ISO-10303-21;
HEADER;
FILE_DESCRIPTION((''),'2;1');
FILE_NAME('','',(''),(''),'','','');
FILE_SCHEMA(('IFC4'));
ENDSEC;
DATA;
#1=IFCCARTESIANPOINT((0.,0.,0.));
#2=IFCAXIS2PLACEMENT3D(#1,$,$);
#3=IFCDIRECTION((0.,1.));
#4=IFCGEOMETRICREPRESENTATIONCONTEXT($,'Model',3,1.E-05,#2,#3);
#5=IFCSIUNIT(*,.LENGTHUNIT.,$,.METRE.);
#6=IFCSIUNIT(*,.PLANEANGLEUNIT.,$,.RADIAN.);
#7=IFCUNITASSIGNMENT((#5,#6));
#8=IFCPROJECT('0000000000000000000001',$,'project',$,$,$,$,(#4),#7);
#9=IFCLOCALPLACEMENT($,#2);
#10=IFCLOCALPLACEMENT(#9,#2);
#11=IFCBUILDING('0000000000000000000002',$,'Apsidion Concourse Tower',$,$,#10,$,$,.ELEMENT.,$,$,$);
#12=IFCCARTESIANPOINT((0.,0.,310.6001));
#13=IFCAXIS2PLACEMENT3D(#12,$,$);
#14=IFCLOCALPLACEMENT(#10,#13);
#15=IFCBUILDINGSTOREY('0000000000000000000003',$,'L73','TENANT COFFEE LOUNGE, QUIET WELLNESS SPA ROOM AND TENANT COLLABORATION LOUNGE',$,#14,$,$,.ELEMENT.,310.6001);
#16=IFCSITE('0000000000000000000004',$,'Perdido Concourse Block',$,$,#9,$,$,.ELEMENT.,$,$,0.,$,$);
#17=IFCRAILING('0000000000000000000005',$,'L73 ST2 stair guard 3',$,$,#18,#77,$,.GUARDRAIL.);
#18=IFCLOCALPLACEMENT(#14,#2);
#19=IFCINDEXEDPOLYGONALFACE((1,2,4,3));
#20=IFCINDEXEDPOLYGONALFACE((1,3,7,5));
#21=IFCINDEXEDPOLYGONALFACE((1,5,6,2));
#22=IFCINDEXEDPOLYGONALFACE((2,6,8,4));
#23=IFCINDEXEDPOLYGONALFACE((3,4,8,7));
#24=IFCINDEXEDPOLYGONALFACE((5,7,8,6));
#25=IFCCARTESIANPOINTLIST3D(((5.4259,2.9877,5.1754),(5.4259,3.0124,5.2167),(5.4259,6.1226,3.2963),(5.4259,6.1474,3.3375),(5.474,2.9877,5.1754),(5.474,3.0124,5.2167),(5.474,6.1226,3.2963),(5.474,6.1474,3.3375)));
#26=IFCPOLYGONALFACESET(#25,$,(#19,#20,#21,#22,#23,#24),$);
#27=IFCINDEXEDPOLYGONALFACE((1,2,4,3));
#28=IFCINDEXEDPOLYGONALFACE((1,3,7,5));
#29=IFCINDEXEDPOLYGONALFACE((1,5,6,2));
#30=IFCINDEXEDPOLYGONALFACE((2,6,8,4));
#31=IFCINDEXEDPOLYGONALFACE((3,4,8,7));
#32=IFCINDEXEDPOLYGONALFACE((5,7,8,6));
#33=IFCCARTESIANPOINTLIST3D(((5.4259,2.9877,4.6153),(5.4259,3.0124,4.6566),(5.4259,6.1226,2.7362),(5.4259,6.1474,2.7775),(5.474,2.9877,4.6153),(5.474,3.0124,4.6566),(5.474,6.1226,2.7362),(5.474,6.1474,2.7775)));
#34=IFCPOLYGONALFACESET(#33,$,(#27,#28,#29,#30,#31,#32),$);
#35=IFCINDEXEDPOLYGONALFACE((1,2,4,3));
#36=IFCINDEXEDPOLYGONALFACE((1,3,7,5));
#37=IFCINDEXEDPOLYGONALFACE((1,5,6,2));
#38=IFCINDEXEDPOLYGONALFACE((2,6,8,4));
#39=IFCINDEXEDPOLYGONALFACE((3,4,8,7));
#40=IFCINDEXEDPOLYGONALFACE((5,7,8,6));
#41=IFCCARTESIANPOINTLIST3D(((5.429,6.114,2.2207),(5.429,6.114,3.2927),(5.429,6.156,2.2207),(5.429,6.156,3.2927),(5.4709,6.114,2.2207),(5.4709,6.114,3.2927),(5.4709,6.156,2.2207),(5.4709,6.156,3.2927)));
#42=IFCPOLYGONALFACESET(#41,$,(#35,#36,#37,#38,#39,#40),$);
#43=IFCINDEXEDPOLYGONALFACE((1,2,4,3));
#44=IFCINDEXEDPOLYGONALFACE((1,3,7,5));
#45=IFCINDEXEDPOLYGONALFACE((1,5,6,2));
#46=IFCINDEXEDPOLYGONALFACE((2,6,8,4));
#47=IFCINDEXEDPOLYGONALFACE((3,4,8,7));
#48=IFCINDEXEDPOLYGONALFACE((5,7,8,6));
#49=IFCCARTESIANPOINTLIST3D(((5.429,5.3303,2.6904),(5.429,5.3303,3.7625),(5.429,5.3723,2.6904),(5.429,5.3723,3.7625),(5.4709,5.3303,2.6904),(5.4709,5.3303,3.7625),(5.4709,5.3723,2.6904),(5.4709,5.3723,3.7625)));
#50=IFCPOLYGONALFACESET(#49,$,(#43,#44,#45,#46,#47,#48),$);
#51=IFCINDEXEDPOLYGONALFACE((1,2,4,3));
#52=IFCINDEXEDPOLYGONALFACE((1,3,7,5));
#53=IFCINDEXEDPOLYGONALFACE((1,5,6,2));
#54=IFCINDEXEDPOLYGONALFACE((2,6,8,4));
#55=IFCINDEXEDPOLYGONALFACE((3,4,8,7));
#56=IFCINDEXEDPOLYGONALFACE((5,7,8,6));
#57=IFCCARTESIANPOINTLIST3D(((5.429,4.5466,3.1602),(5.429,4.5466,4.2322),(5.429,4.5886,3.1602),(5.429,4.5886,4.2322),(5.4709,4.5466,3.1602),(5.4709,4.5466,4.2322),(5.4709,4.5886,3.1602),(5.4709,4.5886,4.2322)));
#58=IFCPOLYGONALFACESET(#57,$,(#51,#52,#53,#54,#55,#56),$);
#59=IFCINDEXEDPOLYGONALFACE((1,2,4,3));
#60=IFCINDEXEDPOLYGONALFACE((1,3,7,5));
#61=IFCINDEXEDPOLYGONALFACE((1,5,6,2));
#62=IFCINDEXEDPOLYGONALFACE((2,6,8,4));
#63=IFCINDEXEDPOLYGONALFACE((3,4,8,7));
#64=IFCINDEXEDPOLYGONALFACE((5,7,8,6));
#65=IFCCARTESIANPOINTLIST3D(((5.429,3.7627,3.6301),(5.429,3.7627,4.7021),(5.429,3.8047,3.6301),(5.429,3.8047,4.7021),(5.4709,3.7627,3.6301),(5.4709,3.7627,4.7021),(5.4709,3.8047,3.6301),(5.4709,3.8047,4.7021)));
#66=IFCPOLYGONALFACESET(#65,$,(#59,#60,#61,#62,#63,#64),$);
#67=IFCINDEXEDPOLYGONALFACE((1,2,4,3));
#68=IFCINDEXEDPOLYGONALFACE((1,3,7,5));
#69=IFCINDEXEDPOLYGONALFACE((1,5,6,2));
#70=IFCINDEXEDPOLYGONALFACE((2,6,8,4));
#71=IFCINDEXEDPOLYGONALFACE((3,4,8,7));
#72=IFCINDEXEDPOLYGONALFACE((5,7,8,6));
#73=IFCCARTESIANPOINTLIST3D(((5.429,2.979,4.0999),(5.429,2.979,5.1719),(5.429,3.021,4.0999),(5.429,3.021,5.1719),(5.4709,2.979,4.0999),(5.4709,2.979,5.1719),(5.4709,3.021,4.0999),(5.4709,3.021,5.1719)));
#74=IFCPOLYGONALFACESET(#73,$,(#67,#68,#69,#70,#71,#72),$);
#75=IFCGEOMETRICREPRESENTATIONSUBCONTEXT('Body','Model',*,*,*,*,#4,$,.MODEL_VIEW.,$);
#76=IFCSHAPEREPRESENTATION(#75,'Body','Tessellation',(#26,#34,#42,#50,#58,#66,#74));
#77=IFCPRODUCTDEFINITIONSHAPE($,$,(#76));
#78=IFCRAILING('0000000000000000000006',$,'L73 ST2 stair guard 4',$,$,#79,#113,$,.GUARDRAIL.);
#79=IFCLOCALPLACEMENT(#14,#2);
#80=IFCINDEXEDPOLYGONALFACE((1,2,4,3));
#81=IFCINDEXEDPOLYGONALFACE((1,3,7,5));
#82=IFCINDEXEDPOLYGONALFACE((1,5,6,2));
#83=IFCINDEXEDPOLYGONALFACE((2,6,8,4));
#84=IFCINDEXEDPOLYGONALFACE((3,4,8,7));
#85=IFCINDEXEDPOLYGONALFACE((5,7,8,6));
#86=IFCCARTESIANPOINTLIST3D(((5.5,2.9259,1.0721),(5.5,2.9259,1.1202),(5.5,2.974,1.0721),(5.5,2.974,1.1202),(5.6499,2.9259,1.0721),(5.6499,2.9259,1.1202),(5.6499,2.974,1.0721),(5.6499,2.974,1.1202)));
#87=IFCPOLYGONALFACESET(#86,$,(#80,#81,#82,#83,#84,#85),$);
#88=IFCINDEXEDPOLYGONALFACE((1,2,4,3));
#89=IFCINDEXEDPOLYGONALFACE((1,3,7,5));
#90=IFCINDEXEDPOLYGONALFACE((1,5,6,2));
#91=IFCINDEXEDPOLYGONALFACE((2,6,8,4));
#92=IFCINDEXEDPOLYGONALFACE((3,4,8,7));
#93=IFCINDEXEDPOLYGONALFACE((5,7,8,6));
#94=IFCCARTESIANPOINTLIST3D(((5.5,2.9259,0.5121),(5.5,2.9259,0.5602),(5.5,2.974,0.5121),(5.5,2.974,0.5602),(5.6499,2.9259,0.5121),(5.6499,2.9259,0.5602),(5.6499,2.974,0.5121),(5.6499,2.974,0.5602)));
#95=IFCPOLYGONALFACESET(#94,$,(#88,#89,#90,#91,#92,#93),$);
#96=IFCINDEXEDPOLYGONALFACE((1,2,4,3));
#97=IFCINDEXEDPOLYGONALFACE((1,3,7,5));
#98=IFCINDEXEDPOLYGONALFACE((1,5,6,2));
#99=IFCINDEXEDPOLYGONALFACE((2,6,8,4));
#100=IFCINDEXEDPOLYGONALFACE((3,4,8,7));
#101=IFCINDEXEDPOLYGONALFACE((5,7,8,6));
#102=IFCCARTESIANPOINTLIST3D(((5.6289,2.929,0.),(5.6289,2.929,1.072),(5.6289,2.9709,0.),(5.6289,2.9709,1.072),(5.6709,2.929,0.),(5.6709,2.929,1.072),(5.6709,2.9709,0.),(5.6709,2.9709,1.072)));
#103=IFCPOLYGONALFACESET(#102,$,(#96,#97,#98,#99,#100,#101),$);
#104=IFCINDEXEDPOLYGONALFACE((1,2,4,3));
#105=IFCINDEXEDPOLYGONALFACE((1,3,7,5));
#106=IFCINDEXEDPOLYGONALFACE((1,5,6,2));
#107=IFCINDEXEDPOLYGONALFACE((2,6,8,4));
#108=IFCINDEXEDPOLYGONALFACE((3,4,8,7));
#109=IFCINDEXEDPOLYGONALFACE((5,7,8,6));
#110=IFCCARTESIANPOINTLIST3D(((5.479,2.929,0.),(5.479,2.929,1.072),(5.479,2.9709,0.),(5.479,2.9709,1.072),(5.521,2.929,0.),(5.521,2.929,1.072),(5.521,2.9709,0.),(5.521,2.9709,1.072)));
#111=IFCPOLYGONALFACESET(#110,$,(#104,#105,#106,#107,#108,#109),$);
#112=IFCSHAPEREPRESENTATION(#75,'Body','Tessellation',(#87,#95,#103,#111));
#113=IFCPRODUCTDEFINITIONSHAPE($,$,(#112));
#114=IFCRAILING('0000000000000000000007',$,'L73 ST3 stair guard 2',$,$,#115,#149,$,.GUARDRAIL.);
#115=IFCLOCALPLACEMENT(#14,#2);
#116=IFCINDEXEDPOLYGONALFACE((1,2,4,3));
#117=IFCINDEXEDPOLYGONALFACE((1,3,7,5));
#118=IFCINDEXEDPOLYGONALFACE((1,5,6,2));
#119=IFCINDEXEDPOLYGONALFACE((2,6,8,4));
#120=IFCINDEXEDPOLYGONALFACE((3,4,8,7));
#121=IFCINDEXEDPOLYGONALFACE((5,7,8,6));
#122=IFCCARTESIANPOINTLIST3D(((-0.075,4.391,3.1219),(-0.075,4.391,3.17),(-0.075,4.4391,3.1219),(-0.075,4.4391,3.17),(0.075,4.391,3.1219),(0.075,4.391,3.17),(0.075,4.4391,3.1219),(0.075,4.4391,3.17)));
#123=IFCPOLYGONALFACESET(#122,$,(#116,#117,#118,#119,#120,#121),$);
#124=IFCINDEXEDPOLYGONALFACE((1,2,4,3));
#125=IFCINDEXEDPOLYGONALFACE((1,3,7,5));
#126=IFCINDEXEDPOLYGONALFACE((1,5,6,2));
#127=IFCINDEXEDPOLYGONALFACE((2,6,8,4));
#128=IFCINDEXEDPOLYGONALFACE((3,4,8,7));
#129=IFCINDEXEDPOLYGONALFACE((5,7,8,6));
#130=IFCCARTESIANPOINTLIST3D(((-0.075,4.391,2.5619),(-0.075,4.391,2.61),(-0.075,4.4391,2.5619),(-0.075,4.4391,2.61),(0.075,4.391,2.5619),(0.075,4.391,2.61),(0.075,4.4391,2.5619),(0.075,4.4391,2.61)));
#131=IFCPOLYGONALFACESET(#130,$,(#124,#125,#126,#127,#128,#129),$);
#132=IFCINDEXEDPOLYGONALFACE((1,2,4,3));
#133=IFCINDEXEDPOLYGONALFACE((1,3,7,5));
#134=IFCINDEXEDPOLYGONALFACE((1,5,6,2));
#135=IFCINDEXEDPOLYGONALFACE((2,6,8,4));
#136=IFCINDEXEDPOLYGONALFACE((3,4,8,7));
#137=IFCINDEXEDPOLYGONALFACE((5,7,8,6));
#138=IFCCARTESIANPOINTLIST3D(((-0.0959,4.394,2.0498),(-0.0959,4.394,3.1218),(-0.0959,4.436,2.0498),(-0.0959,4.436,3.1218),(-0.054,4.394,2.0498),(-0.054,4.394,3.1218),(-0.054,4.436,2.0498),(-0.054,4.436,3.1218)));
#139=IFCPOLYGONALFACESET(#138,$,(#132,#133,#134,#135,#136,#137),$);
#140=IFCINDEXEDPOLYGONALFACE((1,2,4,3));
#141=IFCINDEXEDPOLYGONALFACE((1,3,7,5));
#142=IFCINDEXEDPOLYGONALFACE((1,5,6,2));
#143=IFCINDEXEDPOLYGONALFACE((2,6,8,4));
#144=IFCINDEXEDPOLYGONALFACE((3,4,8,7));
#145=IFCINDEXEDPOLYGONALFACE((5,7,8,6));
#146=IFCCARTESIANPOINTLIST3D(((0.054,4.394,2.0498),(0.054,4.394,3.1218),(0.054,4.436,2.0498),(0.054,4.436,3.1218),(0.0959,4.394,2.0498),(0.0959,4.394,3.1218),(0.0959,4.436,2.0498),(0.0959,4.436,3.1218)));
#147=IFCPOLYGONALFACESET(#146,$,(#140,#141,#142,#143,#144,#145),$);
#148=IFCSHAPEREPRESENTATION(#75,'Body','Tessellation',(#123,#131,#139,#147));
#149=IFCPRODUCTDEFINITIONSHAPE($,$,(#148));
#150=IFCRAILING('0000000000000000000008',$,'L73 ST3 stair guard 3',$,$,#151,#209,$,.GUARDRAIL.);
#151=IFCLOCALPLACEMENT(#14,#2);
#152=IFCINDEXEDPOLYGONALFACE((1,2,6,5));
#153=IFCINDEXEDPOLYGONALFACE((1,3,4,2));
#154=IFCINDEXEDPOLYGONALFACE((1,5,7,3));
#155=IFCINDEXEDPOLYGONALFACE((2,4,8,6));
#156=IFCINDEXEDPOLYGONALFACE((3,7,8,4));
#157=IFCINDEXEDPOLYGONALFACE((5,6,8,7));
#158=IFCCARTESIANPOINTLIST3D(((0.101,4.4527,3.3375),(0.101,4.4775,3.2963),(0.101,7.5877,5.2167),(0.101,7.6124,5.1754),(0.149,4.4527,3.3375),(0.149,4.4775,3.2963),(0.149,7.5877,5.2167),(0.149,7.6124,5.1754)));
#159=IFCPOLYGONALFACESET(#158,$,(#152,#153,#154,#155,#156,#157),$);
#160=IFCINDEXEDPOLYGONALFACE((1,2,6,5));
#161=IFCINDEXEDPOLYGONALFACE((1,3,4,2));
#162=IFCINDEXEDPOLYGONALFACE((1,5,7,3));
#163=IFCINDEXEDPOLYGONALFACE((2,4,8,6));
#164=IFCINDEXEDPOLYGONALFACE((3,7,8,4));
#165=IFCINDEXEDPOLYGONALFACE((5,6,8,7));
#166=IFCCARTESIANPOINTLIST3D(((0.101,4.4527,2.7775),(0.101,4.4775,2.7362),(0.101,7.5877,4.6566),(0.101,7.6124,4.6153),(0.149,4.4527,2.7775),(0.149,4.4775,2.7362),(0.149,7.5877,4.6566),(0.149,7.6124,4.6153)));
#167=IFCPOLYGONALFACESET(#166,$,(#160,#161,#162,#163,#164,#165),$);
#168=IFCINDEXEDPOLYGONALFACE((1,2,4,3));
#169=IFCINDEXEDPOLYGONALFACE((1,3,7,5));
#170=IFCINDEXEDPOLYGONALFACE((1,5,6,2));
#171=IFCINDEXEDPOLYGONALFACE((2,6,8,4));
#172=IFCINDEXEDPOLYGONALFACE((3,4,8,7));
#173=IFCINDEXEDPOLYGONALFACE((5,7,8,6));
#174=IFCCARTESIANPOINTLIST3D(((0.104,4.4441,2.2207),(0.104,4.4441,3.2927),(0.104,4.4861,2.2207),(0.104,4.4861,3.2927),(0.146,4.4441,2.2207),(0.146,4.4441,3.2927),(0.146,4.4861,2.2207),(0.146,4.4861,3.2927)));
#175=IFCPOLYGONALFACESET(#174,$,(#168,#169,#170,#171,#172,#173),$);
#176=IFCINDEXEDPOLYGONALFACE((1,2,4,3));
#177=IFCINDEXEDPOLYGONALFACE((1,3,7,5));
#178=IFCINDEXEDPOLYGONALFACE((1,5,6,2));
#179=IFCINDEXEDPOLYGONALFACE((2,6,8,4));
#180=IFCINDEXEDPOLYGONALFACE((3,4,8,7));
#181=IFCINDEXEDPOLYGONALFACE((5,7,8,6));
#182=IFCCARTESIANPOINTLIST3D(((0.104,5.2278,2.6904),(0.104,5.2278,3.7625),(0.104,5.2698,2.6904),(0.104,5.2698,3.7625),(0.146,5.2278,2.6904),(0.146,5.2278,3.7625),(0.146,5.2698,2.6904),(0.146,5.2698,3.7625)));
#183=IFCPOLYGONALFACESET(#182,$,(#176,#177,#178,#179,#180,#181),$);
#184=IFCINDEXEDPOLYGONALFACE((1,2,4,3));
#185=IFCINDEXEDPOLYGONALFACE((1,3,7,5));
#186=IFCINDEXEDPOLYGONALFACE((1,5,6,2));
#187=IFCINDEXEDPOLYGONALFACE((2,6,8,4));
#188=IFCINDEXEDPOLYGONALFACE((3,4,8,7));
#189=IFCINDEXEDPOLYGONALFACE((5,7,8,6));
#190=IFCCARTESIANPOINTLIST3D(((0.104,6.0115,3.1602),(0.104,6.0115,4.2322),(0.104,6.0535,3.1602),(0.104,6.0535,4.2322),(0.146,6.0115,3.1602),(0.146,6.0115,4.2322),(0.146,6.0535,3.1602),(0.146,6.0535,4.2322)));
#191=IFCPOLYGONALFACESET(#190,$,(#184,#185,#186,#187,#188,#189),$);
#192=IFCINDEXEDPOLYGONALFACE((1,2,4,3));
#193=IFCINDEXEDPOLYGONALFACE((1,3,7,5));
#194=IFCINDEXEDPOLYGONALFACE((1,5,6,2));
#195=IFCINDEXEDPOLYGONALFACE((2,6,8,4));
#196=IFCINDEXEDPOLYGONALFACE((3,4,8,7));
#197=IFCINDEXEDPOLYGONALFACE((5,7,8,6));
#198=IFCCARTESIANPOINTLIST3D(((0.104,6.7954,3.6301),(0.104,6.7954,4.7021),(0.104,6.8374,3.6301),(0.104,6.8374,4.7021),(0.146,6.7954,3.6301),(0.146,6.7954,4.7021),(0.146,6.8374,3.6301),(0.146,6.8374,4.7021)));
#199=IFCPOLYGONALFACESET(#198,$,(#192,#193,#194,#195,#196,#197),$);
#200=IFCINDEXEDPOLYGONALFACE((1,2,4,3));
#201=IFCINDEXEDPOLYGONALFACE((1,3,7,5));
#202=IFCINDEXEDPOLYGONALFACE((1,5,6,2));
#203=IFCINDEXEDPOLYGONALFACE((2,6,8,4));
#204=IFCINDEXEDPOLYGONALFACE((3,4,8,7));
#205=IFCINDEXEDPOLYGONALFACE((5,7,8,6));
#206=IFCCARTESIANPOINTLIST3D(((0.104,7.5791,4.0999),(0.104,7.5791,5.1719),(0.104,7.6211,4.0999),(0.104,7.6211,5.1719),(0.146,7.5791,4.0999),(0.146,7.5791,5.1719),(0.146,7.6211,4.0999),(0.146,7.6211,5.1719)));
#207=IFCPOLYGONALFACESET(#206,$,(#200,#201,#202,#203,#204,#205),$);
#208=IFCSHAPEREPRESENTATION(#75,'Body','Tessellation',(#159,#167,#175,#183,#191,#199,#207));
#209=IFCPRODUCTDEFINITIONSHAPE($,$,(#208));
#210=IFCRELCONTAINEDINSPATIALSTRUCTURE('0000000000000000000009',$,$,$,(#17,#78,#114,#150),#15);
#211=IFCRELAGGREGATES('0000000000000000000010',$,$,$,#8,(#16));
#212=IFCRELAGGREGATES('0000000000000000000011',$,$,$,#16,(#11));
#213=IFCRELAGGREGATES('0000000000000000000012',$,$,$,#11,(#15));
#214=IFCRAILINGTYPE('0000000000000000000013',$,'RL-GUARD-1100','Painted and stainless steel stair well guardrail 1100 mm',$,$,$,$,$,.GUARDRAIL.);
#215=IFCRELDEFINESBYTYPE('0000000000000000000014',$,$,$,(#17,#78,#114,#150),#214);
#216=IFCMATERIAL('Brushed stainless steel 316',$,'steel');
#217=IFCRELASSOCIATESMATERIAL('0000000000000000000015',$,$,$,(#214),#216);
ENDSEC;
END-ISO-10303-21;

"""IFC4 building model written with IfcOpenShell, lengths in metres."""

from ifc_helpers import new_model, si_unit, direction, frame, origin, origin_2d, place, context, subcontext, project, spatial, rectangle, extrude, material, type_object, element, save


model = new_model("IFC4")

# Units and contexts
model_context = context("Model", 3, precision=1e-05, world=origin(), true_north=direction((0.0, 1.0)))
body_context = subcontext(model_context, "Body", "Model", "MODEL_VIEW")
ifc_project = project(units=[si_unit("LENGTHUNIT", "METRE"), si_unit("PLANEANGLEUNIT", "RADIAN")], contexts=[model_context])

# Site, building, storey
site_placement = place(None, origin())
site = spatial("IfcSite", under=ifc_project, at=site_placement, Name="Perdido Concourse Block", CompositionType="ELEMENT", RefElevation=0.0)
building_placement = place(site_placement, origin())
building = spatial("IfcBuilding", under=site, at=building_placement, Name="Apsidion Concourse Tower", CompositionType="ELEMENT")
storey_placement = place(building_placement, frame((0.0, 0.0, 310.6001)))
storey = spatial("IfcBuildingStorey", under=building, at=storey_placement, Name="L73", Description="TENANT COFFEE LOUNGE, QUIET WELLNESS SPA ROOM AND TENANT COLLABORATION LOUNGE", CompositionType="ELEMENT", Elevation=310.6001)

# Railings
ifc_material_1 = material(Name="Brushed stainless steel 316", Category="steel")
railing_type_1 = type_object("IfcRailingType", Name="RL-GUARD-1100", Description="Painted and stainless steel stair well guardrail 1100 mm", PredefinedType="GUARDRAIL", material=ifc_material_1)
railing_1_placement = place(storey_placement, frame((5.45, 6.135, 2.2207)))
element("IfcRailing", 1, at=railing_1_placement, inside=storey, type_object=railing_type_1, Name="L73 ST2 stair guard 3", PredefinedType="GUARDRAIL", context=body_context, shape_type="SweptSolid", body=[
    extrude(rectangle(XDim=0.0481, YDim=0.0481, at=origin_2d()), frame((0.0, 0.0, 1.0962), z_axis=(0.0, -0.857717, 0.514122), x_axis=(1.0, 0.0, 0.0)), (0.0, 0.0, 1.0), 3.655),
    extrude(rectangle(XDim=0.0481, YDim=0.0481, at=origin_2d()), frame((0.0, 0.0, 0.5361), z_axis=(0.0, -0.857717, 0.514122), x_axis=(1.0, 0.0, 0.0)), (0.0, 0.0, 1.0), 3.655),
    extrude(rectangle(XDim=0.042, YDim=0.042, at=origin_2d()), origin(), (0.0, 0.0, 1.0), 1.072),
    extrude(rectangle(XDim=0.042, YDim=0.042, at=origin_2d()), frame((0.0, -0.7837, 0.4697)), (0.0, 0.0, 1.0), 1.072),
    extrude(rectangle(XDim=0.042, YDim=0.042, at=origin_2d()), frame((0.0, -1.5674, 0.9395)), (0.0, 0.0, 1.0), 1.072),
    extrude(rectangle(XDim=0.042, YDim=0.042, at=origin_2d()), frame((0.0, -2.3513, 1.4094)), (0.0, 0.0, 1.0), 1.072),
    extrude(rectangle(XDim=0.042, YDim=0.042, at=origin_2d()), frame((0.0, -3.135, 1.8792)), (0.0, 0.0, 1.0), 1.072),
])
railing_2_placement = place(storey_placement, frame((5.6499, 2.95, 0.0)))
element("IfcRailing", 2, at=railing_2_placement, inside=storey, type_object=railing_type_1, Name="L73 ST2 stair guard 4", PredefinedType="GUARDRAIL", context=body_context, shape_type="SweptSolid", body=[
    extrude(rectangle(XDim=0.0481, YDim=0.0481, at=origin_2d()), frame((0.0, 0.0, 1.0962), z_axis=(-1.0, 0.0, 0.0), x_axis=(0.0, -1.0, 0.0)), (0.0, 0.0, 1.0), 0.1499),
    extrude(rectangle(XDim=0.0481, YDim=0.0481, at=origin_2d()), frame((0.0, 0.0, 0.5361), z_axis=(-1.0, 0.0, 0.0), x_axis=(0.0, -1.0, 0.0)), (0.0, 0.0, 1.0), 0.1499),
    extrude(rectangle(XDim=0.042, YDim=0.042, at=origin_2d()), origin(), (0.0, 0.0, 1.0), 1.072),
    extrude(rectangle(XDim=0.042, YDim=0.042, at=origin_2d()), frame((-0.1499, 0.0, 0.0)), (0.0, 0.0, 1.0), 1.072),
])
railing_3_placement = place(storey_placement, frame((-0.075, 4.415, 2.0498)))
element("IfcRailing", 3, at=railing_3_placement, inside=storey, type_object=railing_type_1, Name="L73 ST3 stair guard 2", PredefinedType="GUARDRAIL", context=body_context, shape_type="SweptSolid", body=[
    extrude(rectangle(XDim=0.0481, YDim=0.0481, at=origin_2d()), frame((0.0, 0.0, 1.0962), z_axis=(1.0, 0.0, 0.0), x_axis=(0.0, 1.0, 0.0)), (0.0, 0.0, 1.0), 0.1499),
    extrude(rectangle(XDim=0.0481, YDim=0.0481, at=origin_2d()), frame((0.0, 0.0, 0.5361), z_axis=(1.0, 0.0, 0.0), x_axis=(0.0, 1.0, 0.0)), (0.0, 0.0, 1.0), 0.1499),
    extrude(rectangle(XDim=0.042, YDim=0.042, at=origin_2d()), origin(), (0.0, 0.0, 1.0), 1.072),
    extrude(rectangle(XDim=0.042, YDim=0.042, at=origin_2d()), frame((0.1499, 0.0, 0.0)), (0.0, 0.0, 1.0), 1.072),
])
railing_4_placement = place(storey_placement, frame((0.125, 4.4651, 2.2207)))
element("IfcRailing", 4, at=railing_4_placement, inside=storey, type_object=railing_type_1, Name="L73 ST3 stair guard 3", PredefinedType="GUARDRAIL", context=body_context, shape_type="SweptSolid", body=[
    extrude(rectangle(XDim=0.0481, YDim=0.0481, at=origin_2d()), frame((0.0, 0.0, 1.0962), z_axis=(0.0, 0.857717, 0.514122), x_axis=(-1.0, 0.0, 0.0)), (0.0, 0.0, 1.0), 3.655),
    extrude(rectangle(XDim=0.0481, YDim=0.0481, at=origin_2d()), frame((0.0, 0.0, 0.5361), z_axis=(0.0, 0.857717, 0.514122), x_axis=(-1.0, 0.0, 0.0)), (0.0, 0.0, 1.0), 3.655),
    extrude(rectangle(XDim=0.042, YDim=0.042, at=origin_2d()), origin(), (0.0, 0.0, 1.0), 1.072),
    extrude(rectangle(XDim=0.042, YDim=0.042, at=origin_2d()), frame((0.0, 0.7837, 0.4697)), (0.0, 0.0, 1.0), 1.072),
    extrude(rectangle(XDim=0.042, YDim=0.042, at=origin_2d()), frame((0.0, 1.5674, 0.9395)), (0.0, 0.0, 1.0), 1.072),
    extrude(rectangle(XDim=0.042, YDim=0.042, at=origin_2d()), frame((0.0, 2.3513, 1.4094)), (0.0, 0.0, 1.0), 1.072),
    extrude(rectangle(XDim=0.042, YDim=0.042, at=origin_2d()), frame((0.0, 3.135, 1.8792)), (0.0, 0.0, 1.0), 1.072),
])

save(model, "model.ifc")
